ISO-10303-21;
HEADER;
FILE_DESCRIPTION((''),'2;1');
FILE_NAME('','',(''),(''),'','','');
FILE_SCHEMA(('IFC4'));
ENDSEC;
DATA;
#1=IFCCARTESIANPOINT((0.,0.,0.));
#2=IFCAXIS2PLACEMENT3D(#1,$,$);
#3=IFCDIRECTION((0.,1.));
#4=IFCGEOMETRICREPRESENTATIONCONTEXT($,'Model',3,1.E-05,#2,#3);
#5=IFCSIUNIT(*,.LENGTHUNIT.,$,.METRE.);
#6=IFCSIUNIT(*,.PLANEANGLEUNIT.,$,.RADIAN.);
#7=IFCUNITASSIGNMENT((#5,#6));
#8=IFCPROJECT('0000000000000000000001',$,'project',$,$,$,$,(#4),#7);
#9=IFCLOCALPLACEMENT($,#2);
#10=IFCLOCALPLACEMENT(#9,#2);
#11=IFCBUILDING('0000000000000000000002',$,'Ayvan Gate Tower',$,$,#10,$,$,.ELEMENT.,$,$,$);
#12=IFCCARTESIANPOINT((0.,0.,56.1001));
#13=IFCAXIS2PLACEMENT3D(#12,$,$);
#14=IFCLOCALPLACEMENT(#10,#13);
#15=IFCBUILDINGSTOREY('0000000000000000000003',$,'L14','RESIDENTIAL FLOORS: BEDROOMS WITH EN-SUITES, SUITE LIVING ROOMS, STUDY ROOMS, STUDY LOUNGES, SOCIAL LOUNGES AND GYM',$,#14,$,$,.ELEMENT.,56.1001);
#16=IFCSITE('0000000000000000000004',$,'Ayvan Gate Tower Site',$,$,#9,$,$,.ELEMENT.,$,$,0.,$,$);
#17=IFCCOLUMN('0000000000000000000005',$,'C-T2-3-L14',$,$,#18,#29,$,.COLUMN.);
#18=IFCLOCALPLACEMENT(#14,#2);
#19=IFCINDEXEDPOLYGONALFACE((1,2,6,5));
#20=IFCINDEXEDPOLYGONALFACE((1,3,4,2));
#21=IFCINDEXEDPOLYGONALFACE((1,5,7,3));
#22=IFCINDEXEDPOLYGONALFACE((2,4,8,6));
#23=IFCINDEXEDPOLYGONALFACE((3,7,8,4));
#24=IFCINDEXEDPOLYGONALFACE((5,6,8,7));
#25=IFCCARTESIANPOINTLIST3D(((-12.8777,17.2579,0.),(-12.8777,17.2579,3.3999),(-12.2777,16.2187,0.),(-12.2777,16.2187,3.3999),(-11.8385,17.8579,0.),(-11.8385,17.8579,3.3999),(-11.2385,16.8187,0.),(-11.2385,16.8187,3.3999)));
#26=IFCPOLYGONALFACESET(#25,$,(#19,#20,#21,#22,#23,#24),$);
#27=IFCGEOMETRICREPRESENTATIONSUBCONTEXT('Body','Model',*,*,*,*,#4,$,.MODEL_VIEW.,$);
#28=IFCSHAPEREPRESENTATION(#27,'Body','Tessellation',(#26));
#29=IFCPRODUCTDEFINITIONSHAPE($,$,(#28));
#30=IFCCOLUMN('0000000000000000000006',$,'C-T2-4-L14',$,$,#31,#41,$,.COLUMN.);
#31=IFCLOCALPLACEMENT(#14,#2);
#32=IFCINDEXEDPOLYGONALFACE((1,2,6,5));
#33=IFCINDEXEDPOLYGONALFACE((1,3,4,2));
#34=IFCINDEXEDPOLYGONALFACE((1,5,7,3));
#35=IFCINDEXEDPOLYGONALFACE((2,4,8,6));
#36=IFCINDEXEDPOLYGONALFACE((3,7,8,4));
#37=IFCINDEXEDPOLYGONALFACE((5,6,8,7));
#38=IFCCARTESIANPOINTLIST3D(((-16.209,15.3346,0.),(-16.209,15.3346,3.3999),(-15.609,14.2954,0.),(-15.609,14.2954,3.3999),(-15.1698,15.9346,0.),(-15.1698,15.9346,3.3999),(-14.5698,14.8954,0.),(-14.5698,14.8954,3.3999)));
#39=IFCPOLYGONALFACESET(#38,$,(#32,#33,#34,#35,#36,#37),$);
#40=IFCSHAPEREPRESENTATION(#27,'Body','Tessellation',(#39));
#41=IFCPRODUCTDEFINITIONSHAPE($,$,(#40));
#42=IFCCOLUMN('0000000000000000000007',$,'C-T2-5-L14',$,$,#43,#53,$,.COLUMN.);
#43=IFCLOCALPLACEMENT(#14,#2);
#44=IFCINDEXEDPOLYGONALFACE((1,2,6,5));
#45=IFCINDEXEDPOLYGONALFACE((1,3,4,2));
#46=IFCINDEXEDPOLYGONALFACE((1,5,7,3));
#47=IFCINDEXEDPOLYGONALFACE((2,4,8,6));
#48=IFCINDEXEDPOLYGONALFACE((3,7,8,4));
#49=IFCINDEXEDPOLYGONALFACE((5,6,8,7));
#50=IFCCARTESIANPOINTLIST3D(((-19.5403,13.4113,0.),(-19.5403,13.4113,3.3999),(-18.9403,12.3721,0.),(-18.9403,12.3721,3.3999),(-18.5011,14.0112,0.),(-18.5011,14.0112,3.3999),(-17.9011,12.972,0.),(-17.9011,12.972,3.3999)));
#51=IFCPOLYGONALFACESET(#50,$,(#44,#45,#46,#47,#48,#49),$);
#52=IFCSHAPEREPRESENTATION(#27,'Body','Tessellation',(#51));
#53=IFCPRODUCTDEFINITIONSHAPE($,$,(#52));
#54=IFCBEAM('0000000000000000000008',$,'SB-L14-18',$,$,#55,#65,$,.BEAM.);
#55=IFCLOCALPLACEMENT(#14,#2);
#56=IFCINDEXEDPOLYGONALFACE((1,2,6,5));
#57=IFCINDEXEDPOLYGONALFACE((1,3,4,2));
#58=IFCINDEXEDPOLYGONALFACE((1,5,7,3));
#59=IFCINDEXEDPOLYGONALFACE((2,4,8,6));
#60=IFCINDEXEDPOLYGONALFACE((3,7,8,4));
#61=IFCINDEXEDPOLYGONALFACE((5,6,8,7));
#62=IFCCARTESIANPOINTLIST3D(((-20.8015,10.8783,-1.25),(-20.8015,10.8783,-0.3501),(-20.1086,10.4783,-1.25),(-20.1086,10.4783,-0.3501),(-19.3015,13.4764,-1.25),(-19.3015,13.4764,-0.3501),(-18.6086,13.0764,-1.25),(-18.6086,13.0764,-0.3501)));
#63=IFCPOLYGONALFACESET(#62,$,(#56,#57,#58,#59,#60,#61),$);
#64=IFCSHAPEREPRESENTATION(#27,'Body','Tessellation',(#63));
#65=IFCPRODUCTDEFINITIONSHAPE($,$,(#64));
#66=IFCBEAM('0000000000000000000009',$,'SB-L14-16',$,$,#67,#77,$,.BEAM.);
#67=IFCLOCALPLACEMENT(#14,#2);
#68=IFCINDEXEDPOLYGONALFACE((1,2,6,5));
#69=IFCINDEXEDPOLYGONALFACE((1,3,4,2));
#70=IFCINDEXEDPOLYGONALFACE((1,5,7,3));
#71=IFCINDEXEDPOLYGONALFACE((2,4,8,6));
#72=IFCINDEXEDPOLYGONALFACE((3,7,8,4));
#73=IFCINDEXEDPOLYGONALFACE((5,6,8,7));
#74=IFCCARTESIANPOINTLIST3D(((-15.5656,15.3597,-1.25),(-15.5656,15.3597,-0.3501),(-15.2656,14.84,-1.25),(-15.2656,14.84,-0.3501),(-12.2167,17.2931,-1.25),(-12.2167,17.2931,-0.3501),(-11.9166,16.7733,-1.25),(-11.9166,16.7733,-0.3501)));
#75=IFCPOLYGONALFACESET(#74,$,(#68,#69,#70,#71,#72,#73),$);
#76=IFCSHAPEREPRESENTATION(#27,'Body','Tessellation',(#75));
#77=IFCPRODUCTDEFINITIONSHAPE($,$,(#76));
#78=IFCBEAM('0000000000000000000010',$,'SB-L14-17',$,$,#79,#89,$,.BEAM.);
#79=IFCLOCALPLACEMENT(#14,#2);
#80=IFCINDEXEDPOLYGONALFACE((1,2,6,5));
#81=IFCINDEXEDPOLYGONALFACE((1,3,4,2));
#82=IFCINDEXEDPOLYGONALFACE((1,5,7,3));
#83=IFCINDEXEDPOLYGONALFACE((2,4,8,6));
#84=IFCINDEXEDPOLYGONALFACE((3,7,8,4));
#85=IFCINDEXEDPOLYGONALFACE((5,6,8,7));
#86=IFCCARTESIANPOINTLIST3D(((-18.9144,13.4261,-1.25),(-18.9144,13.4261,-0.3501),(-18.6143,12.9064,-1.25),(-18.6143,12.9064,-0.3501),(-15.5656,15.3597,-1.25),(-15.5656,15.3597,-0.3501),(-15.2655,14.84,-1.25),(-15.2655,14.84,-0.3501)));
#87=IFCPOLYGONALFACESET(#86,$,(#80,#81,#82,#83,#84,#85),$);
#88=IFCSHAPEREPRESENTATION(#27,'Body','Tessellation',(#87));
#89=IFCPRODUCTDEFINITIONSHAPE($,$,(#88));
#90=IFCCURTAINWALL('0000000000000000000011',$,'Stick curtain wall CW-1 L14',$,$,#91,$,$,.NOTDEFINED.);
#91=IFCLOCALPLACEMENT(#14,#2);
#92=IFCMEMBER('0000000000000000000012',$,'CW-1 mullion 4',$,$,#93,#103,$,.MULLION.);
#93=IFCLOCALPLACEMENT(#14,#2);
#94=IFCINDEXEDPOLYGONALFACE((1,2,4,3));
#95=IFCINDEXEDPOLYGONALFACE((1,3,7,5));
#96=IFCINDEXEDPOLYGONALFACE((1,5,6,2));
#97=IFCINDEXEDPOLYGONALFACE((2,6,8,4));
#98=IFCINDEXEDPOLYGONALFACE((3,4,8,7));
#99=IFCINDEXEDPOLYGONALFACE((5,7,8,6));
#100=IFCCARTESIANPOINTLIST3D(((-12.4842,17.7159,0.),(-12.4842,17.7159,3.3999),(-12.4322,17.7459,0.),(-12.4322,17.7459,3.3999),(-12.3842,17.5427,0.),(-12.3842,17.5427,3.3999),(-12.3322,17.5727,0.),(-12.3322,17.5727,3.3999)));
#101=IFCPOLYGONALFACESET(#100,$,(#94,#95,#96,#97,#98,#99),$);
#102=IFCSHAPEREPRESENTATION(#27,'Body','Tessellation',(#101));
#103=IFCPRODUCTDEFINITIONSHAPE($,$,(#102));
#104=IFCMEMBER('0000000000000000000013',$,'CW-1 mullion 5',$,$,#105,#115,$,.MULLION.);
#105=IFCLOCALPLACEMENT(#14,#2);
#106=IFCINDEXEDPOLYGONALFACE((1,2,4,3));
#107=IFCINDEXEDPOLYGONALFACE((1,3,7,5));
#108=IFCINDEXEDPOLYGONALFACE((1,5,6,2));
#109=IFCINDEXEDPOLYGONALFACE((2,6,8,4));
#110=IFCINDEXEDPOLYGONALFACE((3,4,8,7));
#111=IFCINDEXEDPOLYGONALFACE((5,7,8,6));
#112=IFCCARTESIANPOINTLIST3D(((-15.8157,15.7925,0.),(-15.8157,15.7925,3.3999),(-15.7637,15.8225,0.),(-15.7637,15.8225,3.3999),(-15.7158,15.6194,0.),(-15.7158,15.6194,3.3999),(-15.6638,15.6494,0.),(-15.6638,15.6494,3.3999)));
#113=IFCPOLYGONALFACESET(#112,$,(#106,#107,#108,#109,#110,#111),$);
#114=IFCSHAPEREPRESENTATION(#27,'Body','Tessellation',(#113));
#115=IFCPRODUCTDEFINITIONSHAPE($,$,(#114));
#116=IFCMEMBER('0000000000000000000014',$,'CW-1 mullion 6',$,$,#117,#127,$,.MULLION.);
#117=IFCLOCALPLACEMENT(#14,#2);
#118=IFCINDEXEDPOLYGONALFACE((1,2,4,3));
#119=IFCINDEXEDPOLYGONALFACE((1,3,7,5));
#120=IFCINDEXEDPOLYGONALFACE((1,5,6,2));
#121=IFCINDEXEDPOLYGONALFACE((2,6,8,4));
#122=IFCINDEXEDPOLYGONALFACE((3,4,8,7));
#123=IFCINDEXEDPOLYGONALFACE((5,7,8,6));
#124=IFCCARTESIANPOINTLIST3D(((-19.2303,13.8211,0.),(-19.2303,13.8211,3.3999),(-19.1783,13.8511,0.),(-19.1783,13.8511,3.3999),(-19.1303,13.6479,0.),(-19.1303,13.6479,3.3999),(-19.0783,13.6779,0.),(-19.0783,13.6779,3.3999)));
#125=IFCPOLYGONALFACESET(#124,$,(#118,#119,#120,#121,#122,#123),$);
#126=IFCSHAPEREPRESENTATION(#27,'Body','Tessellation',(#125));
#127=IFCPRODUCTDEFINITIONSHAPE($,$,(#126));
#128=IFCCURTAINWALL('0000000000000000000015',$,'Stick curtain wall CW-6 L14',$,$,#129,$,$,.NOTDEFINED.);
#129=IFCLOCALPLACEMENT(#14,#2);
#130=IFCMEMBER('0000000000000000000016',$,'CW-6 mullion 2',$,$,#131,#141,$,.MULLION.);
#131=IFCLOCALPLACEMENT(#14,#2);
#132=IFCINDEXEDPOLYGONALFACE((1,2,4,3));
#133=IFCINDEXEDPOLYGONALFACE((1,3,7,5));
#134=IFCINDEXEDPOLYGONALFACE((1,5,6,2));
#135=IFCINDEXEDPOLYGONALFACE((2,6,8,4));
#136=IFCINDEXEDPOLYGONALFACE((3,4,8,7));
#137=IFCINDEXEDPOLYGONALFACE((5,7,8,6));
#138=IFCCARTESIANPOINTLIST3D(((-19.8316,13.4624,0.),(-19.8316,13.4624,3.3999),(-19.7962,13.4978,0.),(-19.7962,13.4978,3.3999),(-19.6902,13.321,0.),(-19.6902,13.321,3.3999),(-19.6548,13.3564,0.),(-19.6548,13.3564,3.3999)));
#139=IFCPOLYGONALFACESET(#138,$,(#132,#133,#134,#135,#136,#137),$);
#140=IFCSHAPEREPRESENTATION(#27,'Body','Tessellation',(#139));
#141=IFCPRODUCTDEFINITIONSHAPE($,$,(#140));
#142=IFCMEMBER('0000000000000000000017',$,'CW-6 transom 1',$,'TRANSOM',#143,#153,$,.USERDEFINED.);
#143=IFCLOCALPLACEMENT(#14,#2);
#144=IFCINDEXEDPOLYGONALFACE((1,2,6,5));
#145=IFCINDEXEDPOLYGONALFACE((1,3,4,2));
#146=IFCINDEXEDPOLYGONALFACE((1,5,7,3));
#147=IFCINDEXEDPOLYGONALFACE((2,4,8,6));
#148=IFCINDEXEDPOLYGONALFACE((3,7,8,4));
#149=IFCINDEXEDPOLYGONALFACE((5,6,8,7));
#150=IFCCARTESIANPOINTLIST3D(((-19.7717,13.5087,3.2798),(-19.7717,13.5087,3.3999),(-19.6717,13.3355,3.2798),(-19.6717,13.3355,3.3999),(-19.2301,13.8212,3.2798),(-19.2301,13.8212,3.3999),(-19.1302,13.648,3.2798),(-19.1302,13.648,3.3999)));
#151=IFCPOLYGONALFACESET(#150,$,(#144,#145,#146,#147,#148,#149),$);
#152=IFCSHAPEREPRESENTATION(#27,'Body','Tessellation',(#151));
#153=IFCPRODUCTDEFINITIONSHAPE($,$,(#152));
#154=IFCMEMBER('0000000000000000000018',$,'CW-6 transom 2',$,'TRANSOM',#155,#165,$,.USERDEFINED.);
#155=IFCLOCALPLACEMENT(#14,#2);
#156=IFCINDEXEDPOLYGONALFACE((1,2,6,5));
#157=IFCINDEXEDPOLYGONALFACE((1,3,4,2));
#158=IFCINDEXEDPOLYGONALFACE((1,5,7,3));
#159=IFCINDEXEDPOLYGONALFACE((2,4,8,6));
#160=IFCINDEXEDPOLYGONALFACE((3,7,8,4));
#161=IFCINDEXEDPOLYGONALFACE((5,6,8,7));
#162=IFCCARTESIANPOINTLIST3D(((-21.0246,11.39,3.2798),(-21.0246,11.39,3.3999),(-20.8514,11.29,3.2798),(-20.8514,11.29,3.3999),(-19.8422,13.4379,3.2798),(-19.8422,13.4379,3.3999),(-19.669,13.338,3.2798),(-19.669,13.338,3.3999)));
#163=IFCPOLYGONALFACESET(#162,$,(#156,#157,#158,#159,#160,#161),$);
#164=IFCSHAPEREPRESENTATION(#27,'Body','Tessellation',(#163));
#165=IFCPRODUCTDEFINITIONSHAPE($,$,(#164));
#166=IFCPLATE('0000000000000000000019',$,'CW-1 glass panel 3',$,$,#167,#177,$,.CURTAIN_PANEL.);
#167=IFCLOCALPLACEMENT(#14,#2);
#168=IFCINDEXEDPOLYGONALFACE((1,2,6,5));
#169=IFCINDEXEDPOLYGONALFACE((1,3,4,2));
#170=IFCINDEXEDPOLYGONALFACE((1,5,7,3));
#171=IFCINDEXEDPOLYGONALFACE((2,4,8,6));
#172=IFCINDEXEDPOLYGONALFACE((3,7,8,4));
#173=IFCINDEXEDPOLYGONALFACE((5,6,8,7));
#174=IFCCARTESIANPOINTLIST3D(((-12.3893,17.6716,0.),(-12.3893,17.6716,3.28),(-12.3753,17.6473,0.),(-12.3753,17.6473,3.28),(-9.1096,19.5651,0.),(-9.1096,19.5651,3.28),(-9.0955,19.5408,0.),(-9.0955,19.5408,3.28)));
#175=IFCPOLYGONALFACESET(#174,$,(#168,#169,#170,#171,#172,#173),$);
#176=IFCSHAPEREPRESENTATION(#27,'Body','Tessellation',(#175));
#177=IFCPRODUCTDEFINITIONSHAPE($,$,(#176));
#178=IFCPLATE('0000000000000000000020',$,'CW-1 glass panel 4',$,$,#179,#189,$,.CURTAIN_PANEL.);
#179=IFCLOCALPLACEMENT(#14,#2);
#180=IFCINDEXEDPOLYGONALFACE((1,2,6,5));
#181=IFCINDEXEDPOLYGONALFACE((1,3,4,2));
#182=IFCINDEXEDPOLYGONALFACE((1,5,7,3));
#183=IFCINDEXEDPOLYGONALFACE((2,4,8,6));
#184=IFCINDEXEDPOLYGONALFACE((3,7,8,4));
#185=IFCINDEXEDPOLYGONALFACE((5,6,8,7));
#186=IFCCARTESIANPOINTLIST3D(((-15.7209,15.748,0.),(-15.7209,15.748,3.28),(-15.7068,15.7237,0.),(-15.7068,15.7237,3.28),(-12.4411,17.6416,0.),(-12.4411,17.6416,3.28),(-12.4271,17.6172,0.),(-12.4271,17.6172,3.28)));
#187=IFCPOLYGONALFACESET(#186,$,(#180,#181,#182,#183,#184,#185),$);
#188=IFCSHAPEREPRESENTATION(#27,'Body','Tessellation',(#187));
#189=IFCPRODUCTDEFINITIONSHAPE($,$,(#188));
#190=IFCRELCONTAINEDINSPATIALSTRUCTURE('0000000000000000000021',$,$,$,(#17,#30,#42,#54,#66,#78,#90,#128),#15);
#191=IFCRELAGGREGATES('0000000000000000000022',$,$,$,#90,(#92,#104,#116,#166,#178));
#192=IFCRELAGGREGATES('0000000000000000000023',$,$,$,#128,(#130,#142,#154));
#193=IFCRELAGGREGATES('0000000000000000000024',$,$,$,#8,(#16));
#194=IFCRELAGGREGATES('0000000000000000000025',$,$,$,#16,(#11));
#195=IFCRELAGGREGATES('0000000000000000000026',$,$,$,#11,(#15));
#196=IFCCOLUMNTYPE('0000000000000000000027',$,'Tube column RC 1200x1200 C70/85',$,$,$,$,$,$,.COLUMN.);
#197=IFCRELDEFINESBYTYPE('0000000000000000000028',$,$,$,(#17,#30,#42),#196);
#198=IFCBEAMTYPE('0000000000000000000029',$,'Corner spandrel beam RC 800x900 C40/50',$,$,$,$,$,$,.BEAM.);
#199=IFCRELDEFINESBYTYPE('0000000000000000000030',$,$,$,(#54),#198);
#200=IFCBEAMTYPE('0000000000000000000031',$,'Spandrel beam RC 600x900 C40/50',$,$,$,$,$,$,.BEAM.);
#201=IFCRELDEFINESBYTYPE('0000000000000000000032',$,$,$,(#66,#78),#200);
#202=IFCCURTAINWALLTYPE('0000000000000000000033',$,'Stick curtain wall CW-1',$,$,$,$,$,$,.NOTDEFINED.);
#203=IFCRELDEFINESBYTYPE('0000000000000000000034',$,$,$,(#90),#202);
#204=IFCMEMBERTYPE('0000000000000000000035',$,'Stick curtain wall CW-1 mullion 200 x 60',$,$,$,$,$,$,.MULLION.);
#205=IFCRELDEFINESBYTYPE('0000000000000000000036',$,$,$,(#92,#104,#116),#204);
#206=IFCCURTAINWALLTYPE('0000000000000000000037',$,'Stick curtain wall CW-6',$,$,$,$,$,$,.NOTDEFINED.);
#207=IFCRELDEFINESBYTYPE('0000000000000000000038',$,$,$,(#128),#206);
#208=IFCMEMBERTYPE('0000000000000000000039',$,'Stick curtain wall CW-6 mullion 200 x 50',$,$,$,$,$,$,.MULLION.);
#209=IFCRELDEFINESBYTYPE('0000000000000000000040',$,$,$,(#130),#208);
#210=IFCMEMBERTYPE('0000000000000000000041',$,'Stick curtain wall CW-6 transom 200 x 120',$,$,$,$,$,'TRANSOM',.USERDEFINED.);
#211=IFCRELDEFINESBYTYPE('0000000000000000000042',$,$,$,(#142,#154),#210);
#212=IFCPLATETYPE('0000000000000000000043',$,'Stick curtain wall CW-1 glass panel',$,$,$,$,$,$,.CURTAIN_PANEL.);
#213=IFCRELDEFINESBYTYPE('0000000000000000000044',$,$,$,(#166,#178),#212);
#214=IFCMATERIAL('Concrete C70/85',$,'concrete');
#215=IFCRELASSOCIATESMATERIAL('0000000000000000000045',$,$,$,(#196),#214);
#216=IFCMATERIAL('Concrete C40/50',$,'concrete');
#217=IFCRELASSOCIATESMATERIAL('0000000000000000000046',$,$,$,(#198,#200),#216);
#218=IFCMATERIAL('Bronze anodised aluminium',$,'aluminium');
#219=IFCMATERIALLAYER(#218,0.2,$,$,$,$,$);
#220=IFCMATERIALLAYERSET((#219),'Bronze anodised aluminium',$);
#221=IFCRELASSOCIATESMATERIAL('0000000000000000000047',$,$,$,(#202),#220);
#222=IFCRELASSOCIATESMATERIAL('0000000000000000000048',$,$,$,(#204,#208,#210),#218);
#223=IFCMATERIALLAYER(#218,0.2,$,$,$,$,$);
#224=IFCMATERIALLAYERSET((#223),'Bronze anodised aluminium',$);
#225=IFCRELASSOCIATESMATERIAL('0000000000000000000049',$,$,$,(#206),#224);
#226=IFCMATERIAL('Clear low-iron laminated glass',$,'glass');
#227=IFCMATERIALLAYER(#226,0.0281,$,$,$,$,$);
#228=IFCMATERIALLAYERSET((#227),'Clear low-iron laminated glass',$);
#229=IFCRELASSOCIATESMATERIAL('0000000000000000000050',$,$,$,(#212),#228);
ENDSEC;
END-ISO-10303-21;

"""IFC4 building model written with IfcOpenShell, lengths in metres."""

from ifc_helpers import new_model, si_unit, direction, frame, origin, origin_2d, place, context, subcontext, project, spatial, rectangle, extrude, material, layer, layer_set, material_profile, profile_set, type_object, element, aggregate, save


model = new_model("IFC4")

# Units and contexts
model_context = context("Model", 3, precision=1e-05, world=origin(), true_north=direction((0.0, 1.0)))
body_context = subcontext(model_context, "Body", "Model", "MODEL_VIEW")
ifc_project = project(units=[si_unit("LENGTHUNIT", "METRE"), si_unit("PLANEANGLEUNIT", "RADIAN")], contexts=[model_context])

# Site, building, storey
site_placement = place(None, origin())
site = spatial("IfcSite", under=ifc_project, at=site_placement, Name="Ayvan Gate Tower Site", CompositionType="ELEMENT", RefElevation=0.0)
building_placement = place(site_placement, origin())
building = spatial("IfcBuilding", under=site, at=building_placement, Name="Ayvan Gate Tower", CompositionType="ELEMENT")
storey_placement = place(building_placement, frame((0.0, 0.0, 56.1001)))
storey = spatial("IfcBuildingStorey", under=building, at=storey_placement, Name="L14", Description="RESIDENTIAL FLOORS: BEDROOMS WITH EN-SUITES, SUITE LIVING ROOMS, STUDY ROOMS, STUDY LOUNGES, SOCIAL LOUNGES AND GYM", CompositionType="ELEMENT", Elevation=56.1001)

# Columns
ifc_material_1 = material(Name="Concrete C70/85", Category="concrete")
ifc_material_profile_1 = material_profile(ifc_material_1, rectangle(XDim=1.2, YDim=1.2, at=origin_2d()), Name="RC 1200x1200")
ifc_profile_set_1 = profile_set([ifc_material_profile_1], Name="Concrete C70/85")
column_type = type_object("IfcColumnType", Name="Tube column RC 1200x1200 C70/85", PredefinedType="COLUMN", material=ifc_profile_set_1)
for number, where, z_axis, x_axis, name in (
    (1, (-12.0581, 17.0383, 0.0), (0.0, 0.0, 1.0), (-0.5, 0.866025, 0.0), "C-T2-3-L14"),
    (2, (-15.3894, 15.115, 0.0), (0.0, 0.0, 1.0), (-0.5, 0.866025, 0.0), "C-T2-4-L14"),
    (3, (-18.7207, 13.1917, 0.0), (0.0, 0.0, 1.0), (-0.5, 0.866025, 0.0), "C-T2-5-L14"),
):
    element("IfcColumn", number, at=place(storey_placement, frame(where, z_axis=z_axis, x_axis=x_axis)), inside=storey, type_object=column_type, Name=name, PredefinedType="COLUMN", context=body_context, shape_type="SweptSolid", body=[
        extrude(rectangle(XDim=1.2, YDim=1.2, at=origin_2d()), origin(), (0.0, 0.0, 1.0), 3.3999),
    ])

# Beams
ifc_material_2 = material(Name="Concrete C40/50", Category="concrete")
ifc_material_profile_2 = material_profile(ifc_material_2, rectangle(XDim=0.8, YDim=0.8999, at=origin_2d()), Name="RC 800x900")
ifc_profile_set_2 = profile_set([ifc_material_profile_2], Name="Concrete C40/50")
beam_type_1 = type_object("IfcBeamType", Name="Corner spandrel beam RC 800x900 C40/50", PredefinedType="BEAM", material=ifc_profile_set_2)
beam_placement = place(storey_placement, frame((-18.9551, 13.2764, -0.8), z_axis=(-0.49999, -0.866031, 0.0), x_axis=(0.866031, -0.49999, 0.0)))
element("IfcBeam", 4, at=beam_placement, inside=storey, type_object=beam_type_1, Name="SB-L14-18", PredefinedType="BEAM", context=body_context, shape_type="SweptSolid", body=[
    extrude(rectangle(XDim=0.8, YDim=0.8999, at=origin_2d()), origin(), (0.0, 0.0, 1.0), 3.0),
])
ifc_material_profile_3 = material_profile(ifc_material_2, rectangle(XDim=0.6001, YDim=0.8999, at=origin_2d()), Name="RC 600x900")
ifc_profile_set_3 = profile_set([ifc_material_profile_3], Name="Concrete C40/50")
beam_type_2 = type_object("IfcBeamType", Name="Spandrel beam RC 600x900 C40/50", PredefinedType="BEAM", material=ifc_profile_set_3)
for number, where, z_axis, x_axis, name in (
    (5, (-12.0667, 17.0332, -0.8), (-0.866039, -0.499976, 0.0), (0.499976, -0.866039, 0.0), "SB-L14-16"),
    (6, (-15.4155, 15.0999, -0.8), (-0.866012, -0.500023, 0.0), (0.500023, -0.866012, 0.0), "SB-L14-17"),
):
    element("IfcBeam", number, at=place(storey_placement, frame(where, z_axis=z_axis, x_axis=x_axis)), inside=storey, type_object=beam_type_2, Name=name, PredefinedType="BEAM", context=body_context, shape_type="SweptSolid", body=[
        extrude(rectangle(XDim=0.6001, YDim=0.8999, at=origin_2d()), origin(), (0.0, 0.0, 1.0), 3.8669),
    ])

# Curtain walls, members
ifc_material_3 = material(Name="Bronze anodised aluminium", Category="aluminium")
ifc_layer_1 = layer(ifc_material_3, 0.2)
ifc_layer_set_1 = layer_set([ifc_layer_1], Name="Bronze anodised aluminium")
curtain_wall_type_1 = type_object("IfcCurtainWallType", Name="Stick curtain wall CW-1", PredefinedType="NOTDEFINED", material=ifc_layer_set_1)
curtain_wall_1_placement = place(storey_placement, origin())
curtain_wall_1 = element("IfcCurtainWall", 7, at=curtain_wall_1_placement, inside=storey, type_object=curtain_wall_type_1, Name="Stick curtain wall CW-1 L14", PredefinedType="NOTDEFINED")
ifc_material_profile_4 = material_profile(ifc_material_3, rectangle(XDim=0.2, YDim=0.0601, at=origin_2d()), Name="Stick curtain wall CW-1 mullion 200 x 60")
ifc_profile_set_4 = profile_set([ifc_material_profile_4], Name="Bronze anodised aluminium")
member_type_1 = type_object("IfcMemberType", Name="Stick curtain wall CW-1 mullion 200 x 60", PredefinedType="MULLION", material=ifc_profile_set_4)
member_1_placement = place(storey_placement, frame((-12.4082, 17.6443, 0.0), z_axis=(0.0, 0.0, 1.0), x_axis=(-0.5, 0.866025, 0.0)))
member_1 = element("IfcMember", 8, at=member_1_placement, type_object=member_type_1, Name="CW-1 mullion 4", PredefinedType="MULLION", context=body_context, shape_type="SweptSolid", body=[
    extrude(rectangle(XDim=0.2, YDim=0.0601, at=origin_2d()), origin(), (0.0, 0.0, 1.0), 3.3999),
])
member_2_placement = place(storey_placement, frame((-15.7397, 15.7209, 0.0), z_axis=(0.0, 0.0, 1.0), x_axis=(-0.5, 0.866025, 0.0)))
member_2 = element("IfcMember", 9, at=member_2_placement, type_object=member_type_1, Name="CW-1 mullion 5", PredefinedType="MULLION", context=body_context, shape_type="SweptSolid", body=[
    extrude(rectangle(XDim=0.2, YDim=0.0601, at=origin_2d()), origin(), (0.0, 0.0, 1.0), 3.3999),
])
member_3_placement = place(storey_placement, frame((-19.1543, 13.7495, 0.0), z_axis=(0.0, 0.0, 1.0), x_axis=(-0.5, 0.866025, 0.0)))
member_3 = element("IfcMember", 10, at=member_3_placement, type_object=member_type_1, Name="CW-1 mullion 6", PredefinedType="MULLION", context=body_context, shape_type="SweptSolid", body=[
    extrude(rectangle(XDim=0.2, YDim=0.0601, at=origin_2d()), origin(), (0.0, 0.0, 1.0), 3.3999),
])
ifc_layer_2 = layer(ifc_material_3, 0.2)
ifc_layer_set_2 = layer_set([ifc_layer_2], Name="Bronze anodised aluminium")
curtain_wall_type_2 = type_object("IfcCurtainWallType", Name="Stick curtain wall CW-6", PredefinedType="NOTDEFINED", material=ifc_layer_set_2)
curtain_wall_2_placement = place(storey_placement, origin())
curtain_wall_2 = element("IfcCurtainWall", 11, at=curtain_wall_2_placement, inside=storey, type_object=curtain_wall_type_2, Name="Stick curtain wall CW-6 L14", PredefinedType="NOTDEFINED")
ifc_material_profile_5 = material_profile(ifc_material_3, rectangle(XDim=0.2, YDim=0.05, at=origin_2d()), Name="Stick curtain wall CW-6 mullion 200 x 50")
ifc_profile_set_5 = profile_set([ifc_material_profile_5], Name="Bronze anodised aluminium")
member_type_2 = type_object("IfcMemberType", Name="Stick curtain wall CW-6 mullion 200 x 50", PredefinedType="MULLION", material=ifc_profile_set_5)
member_4_placement = place(storey_placement, frame((-19.7432, 13.4094, 0.0), z_axis=(0.0, 0.0, 1.0), x_axis=(-0.707107, 0.707107, 0.0)))
member_4 = element("IfcMember", 12, at=member_4_placement, type_object=member_type_2, Name="CW-6 mullion 2", PredefinedType="MULLION", context=body_context, shape_type="SweptSolid", body=[
    extrude(rectangle(XDim=0.2, YDim=0.05, at=origin_2d()), origin(), (0.0, 0.0, 1.0), 3.3999),
])
ifc_material_profile_6 = material_profile(ifc_material_3, rectangle(XDim=0.2, YDim=0.1201, at=origin_2d()), Name="Stick curtain wall CW-6 transom 200 x 120")
ifc_profile_set_6 = profile_set([ifc_material_profile_6], Name="Bronze anodised aluminium")
member_type_3 = type_object("IfcMemberType", Name="Stick curtain wall CW-6 transom 200 x 120", ElementType="TRANSOM", PredefinedType="USERDEFINED", material=ifc_profile_set_6)
member_5_placement = place(storey_placement, frame((-19.1802, 13.7346, 3.3398), z_axis=(-0.866121, -0.499835, 0.0), x_axis=(0.499835, -0.866121, 0.0)))
member_5 = element("IfcMember", 13, at=member_5_placement, type_object=member_type_3, Name="CW-6 transom 1", ObjectType="TRANSOM", PredefinedType="USERDEFINED", context=body_context, shape_type="SweptSolid", body=[
    extrude(rectangle(XDim=0.2, YDim=0.1201, at=origin_2d()), origin(), (0.0, 0.0, 1.0), 0.6252),
])
member_6_placement = place(storey_placement, frame((-19.7556, 13.3879, 3.3398), z_axis=(-0.500014, -0.866017, 0.0), x_axis=(0.866017, -0.500014, 0.0)))
member_6 = element("IfcMember", 14, at=member_6_placement, type_object=member_type_3, Name="CW-6 transom 2", ObjectType="TRANSOM", PredefinedType="USERDEFINED", context=body_context, shape_type="SweptSolid", body=[
    extrude(rectangle(XDim=0.2, YDim=0.1201, at=origin_2d()), origin(), (0.0, 0.0, 1.0), 2.3647),
])

# Plates
ifc_material_4 = material(Name="Clear low-iron laminated glass", Category="glass")
ifc_layer_3 = layer(ifc_material_4, 0.0281)
ifc_layer_set_3 = layer_set([ifc_layer_3], Name="Clear low-iron laminated glass")
plate_type_1 = type_object("IfcPlateType", Name="Stick curtain wall CW-1 glass panel", PredefinedType="CURTAIN_PANEL", material=ifc_layer_set_3)
plate_1_placement = place(storey_placement, frame((-10.7424, 18.6062, 0.0), z_axis=(0.0, 0.0, 1.0), x_axis=(-0.866025, -0.5, 0.0)))
plate_1 = element("IfcPlate", 15, at=plate_1_placement, type_object=plate_type_1, Name="CW-1 glass panel 3", PredefinedType="CURTAIN_PANEL", context=body_context, shape_type="SweptSolid", body=[
    extrude(rectangle(XDim=3.7871, YDim=0.0281, at=origin_2d()), origin(), (0.0, 0.0, 1.0), 3.28),
])
plate_2_placement = place(storey_placement, frame((-14.074, 16.6826, 0.0), z_axis=(0.0, 0.0, 1.0), x_axis=(-0.866025, -0.5, 0.0)))
plate_2 = element("IfcPlate", 16, at=plate_2_placement, type_object=plate_type_1, Name="CW-1 glass panel 4", PredefinedType="CURTAIN_PANEL", context=body_context, shape_type="SweptSolid", body=[
    extrude(rectangle(XDim=3.7871, YDim=0.0281, at=origin_2d()), origin(), (0.0, 0.0, 1.0), 3.28),
])
aggregate(curtain_wall_1, [member_1, member_2, member_3, plate_1, plate_2])
aggregate(curtain_wall_2, [member_4, member_5, member_6])

save(model, "model.ifc")
